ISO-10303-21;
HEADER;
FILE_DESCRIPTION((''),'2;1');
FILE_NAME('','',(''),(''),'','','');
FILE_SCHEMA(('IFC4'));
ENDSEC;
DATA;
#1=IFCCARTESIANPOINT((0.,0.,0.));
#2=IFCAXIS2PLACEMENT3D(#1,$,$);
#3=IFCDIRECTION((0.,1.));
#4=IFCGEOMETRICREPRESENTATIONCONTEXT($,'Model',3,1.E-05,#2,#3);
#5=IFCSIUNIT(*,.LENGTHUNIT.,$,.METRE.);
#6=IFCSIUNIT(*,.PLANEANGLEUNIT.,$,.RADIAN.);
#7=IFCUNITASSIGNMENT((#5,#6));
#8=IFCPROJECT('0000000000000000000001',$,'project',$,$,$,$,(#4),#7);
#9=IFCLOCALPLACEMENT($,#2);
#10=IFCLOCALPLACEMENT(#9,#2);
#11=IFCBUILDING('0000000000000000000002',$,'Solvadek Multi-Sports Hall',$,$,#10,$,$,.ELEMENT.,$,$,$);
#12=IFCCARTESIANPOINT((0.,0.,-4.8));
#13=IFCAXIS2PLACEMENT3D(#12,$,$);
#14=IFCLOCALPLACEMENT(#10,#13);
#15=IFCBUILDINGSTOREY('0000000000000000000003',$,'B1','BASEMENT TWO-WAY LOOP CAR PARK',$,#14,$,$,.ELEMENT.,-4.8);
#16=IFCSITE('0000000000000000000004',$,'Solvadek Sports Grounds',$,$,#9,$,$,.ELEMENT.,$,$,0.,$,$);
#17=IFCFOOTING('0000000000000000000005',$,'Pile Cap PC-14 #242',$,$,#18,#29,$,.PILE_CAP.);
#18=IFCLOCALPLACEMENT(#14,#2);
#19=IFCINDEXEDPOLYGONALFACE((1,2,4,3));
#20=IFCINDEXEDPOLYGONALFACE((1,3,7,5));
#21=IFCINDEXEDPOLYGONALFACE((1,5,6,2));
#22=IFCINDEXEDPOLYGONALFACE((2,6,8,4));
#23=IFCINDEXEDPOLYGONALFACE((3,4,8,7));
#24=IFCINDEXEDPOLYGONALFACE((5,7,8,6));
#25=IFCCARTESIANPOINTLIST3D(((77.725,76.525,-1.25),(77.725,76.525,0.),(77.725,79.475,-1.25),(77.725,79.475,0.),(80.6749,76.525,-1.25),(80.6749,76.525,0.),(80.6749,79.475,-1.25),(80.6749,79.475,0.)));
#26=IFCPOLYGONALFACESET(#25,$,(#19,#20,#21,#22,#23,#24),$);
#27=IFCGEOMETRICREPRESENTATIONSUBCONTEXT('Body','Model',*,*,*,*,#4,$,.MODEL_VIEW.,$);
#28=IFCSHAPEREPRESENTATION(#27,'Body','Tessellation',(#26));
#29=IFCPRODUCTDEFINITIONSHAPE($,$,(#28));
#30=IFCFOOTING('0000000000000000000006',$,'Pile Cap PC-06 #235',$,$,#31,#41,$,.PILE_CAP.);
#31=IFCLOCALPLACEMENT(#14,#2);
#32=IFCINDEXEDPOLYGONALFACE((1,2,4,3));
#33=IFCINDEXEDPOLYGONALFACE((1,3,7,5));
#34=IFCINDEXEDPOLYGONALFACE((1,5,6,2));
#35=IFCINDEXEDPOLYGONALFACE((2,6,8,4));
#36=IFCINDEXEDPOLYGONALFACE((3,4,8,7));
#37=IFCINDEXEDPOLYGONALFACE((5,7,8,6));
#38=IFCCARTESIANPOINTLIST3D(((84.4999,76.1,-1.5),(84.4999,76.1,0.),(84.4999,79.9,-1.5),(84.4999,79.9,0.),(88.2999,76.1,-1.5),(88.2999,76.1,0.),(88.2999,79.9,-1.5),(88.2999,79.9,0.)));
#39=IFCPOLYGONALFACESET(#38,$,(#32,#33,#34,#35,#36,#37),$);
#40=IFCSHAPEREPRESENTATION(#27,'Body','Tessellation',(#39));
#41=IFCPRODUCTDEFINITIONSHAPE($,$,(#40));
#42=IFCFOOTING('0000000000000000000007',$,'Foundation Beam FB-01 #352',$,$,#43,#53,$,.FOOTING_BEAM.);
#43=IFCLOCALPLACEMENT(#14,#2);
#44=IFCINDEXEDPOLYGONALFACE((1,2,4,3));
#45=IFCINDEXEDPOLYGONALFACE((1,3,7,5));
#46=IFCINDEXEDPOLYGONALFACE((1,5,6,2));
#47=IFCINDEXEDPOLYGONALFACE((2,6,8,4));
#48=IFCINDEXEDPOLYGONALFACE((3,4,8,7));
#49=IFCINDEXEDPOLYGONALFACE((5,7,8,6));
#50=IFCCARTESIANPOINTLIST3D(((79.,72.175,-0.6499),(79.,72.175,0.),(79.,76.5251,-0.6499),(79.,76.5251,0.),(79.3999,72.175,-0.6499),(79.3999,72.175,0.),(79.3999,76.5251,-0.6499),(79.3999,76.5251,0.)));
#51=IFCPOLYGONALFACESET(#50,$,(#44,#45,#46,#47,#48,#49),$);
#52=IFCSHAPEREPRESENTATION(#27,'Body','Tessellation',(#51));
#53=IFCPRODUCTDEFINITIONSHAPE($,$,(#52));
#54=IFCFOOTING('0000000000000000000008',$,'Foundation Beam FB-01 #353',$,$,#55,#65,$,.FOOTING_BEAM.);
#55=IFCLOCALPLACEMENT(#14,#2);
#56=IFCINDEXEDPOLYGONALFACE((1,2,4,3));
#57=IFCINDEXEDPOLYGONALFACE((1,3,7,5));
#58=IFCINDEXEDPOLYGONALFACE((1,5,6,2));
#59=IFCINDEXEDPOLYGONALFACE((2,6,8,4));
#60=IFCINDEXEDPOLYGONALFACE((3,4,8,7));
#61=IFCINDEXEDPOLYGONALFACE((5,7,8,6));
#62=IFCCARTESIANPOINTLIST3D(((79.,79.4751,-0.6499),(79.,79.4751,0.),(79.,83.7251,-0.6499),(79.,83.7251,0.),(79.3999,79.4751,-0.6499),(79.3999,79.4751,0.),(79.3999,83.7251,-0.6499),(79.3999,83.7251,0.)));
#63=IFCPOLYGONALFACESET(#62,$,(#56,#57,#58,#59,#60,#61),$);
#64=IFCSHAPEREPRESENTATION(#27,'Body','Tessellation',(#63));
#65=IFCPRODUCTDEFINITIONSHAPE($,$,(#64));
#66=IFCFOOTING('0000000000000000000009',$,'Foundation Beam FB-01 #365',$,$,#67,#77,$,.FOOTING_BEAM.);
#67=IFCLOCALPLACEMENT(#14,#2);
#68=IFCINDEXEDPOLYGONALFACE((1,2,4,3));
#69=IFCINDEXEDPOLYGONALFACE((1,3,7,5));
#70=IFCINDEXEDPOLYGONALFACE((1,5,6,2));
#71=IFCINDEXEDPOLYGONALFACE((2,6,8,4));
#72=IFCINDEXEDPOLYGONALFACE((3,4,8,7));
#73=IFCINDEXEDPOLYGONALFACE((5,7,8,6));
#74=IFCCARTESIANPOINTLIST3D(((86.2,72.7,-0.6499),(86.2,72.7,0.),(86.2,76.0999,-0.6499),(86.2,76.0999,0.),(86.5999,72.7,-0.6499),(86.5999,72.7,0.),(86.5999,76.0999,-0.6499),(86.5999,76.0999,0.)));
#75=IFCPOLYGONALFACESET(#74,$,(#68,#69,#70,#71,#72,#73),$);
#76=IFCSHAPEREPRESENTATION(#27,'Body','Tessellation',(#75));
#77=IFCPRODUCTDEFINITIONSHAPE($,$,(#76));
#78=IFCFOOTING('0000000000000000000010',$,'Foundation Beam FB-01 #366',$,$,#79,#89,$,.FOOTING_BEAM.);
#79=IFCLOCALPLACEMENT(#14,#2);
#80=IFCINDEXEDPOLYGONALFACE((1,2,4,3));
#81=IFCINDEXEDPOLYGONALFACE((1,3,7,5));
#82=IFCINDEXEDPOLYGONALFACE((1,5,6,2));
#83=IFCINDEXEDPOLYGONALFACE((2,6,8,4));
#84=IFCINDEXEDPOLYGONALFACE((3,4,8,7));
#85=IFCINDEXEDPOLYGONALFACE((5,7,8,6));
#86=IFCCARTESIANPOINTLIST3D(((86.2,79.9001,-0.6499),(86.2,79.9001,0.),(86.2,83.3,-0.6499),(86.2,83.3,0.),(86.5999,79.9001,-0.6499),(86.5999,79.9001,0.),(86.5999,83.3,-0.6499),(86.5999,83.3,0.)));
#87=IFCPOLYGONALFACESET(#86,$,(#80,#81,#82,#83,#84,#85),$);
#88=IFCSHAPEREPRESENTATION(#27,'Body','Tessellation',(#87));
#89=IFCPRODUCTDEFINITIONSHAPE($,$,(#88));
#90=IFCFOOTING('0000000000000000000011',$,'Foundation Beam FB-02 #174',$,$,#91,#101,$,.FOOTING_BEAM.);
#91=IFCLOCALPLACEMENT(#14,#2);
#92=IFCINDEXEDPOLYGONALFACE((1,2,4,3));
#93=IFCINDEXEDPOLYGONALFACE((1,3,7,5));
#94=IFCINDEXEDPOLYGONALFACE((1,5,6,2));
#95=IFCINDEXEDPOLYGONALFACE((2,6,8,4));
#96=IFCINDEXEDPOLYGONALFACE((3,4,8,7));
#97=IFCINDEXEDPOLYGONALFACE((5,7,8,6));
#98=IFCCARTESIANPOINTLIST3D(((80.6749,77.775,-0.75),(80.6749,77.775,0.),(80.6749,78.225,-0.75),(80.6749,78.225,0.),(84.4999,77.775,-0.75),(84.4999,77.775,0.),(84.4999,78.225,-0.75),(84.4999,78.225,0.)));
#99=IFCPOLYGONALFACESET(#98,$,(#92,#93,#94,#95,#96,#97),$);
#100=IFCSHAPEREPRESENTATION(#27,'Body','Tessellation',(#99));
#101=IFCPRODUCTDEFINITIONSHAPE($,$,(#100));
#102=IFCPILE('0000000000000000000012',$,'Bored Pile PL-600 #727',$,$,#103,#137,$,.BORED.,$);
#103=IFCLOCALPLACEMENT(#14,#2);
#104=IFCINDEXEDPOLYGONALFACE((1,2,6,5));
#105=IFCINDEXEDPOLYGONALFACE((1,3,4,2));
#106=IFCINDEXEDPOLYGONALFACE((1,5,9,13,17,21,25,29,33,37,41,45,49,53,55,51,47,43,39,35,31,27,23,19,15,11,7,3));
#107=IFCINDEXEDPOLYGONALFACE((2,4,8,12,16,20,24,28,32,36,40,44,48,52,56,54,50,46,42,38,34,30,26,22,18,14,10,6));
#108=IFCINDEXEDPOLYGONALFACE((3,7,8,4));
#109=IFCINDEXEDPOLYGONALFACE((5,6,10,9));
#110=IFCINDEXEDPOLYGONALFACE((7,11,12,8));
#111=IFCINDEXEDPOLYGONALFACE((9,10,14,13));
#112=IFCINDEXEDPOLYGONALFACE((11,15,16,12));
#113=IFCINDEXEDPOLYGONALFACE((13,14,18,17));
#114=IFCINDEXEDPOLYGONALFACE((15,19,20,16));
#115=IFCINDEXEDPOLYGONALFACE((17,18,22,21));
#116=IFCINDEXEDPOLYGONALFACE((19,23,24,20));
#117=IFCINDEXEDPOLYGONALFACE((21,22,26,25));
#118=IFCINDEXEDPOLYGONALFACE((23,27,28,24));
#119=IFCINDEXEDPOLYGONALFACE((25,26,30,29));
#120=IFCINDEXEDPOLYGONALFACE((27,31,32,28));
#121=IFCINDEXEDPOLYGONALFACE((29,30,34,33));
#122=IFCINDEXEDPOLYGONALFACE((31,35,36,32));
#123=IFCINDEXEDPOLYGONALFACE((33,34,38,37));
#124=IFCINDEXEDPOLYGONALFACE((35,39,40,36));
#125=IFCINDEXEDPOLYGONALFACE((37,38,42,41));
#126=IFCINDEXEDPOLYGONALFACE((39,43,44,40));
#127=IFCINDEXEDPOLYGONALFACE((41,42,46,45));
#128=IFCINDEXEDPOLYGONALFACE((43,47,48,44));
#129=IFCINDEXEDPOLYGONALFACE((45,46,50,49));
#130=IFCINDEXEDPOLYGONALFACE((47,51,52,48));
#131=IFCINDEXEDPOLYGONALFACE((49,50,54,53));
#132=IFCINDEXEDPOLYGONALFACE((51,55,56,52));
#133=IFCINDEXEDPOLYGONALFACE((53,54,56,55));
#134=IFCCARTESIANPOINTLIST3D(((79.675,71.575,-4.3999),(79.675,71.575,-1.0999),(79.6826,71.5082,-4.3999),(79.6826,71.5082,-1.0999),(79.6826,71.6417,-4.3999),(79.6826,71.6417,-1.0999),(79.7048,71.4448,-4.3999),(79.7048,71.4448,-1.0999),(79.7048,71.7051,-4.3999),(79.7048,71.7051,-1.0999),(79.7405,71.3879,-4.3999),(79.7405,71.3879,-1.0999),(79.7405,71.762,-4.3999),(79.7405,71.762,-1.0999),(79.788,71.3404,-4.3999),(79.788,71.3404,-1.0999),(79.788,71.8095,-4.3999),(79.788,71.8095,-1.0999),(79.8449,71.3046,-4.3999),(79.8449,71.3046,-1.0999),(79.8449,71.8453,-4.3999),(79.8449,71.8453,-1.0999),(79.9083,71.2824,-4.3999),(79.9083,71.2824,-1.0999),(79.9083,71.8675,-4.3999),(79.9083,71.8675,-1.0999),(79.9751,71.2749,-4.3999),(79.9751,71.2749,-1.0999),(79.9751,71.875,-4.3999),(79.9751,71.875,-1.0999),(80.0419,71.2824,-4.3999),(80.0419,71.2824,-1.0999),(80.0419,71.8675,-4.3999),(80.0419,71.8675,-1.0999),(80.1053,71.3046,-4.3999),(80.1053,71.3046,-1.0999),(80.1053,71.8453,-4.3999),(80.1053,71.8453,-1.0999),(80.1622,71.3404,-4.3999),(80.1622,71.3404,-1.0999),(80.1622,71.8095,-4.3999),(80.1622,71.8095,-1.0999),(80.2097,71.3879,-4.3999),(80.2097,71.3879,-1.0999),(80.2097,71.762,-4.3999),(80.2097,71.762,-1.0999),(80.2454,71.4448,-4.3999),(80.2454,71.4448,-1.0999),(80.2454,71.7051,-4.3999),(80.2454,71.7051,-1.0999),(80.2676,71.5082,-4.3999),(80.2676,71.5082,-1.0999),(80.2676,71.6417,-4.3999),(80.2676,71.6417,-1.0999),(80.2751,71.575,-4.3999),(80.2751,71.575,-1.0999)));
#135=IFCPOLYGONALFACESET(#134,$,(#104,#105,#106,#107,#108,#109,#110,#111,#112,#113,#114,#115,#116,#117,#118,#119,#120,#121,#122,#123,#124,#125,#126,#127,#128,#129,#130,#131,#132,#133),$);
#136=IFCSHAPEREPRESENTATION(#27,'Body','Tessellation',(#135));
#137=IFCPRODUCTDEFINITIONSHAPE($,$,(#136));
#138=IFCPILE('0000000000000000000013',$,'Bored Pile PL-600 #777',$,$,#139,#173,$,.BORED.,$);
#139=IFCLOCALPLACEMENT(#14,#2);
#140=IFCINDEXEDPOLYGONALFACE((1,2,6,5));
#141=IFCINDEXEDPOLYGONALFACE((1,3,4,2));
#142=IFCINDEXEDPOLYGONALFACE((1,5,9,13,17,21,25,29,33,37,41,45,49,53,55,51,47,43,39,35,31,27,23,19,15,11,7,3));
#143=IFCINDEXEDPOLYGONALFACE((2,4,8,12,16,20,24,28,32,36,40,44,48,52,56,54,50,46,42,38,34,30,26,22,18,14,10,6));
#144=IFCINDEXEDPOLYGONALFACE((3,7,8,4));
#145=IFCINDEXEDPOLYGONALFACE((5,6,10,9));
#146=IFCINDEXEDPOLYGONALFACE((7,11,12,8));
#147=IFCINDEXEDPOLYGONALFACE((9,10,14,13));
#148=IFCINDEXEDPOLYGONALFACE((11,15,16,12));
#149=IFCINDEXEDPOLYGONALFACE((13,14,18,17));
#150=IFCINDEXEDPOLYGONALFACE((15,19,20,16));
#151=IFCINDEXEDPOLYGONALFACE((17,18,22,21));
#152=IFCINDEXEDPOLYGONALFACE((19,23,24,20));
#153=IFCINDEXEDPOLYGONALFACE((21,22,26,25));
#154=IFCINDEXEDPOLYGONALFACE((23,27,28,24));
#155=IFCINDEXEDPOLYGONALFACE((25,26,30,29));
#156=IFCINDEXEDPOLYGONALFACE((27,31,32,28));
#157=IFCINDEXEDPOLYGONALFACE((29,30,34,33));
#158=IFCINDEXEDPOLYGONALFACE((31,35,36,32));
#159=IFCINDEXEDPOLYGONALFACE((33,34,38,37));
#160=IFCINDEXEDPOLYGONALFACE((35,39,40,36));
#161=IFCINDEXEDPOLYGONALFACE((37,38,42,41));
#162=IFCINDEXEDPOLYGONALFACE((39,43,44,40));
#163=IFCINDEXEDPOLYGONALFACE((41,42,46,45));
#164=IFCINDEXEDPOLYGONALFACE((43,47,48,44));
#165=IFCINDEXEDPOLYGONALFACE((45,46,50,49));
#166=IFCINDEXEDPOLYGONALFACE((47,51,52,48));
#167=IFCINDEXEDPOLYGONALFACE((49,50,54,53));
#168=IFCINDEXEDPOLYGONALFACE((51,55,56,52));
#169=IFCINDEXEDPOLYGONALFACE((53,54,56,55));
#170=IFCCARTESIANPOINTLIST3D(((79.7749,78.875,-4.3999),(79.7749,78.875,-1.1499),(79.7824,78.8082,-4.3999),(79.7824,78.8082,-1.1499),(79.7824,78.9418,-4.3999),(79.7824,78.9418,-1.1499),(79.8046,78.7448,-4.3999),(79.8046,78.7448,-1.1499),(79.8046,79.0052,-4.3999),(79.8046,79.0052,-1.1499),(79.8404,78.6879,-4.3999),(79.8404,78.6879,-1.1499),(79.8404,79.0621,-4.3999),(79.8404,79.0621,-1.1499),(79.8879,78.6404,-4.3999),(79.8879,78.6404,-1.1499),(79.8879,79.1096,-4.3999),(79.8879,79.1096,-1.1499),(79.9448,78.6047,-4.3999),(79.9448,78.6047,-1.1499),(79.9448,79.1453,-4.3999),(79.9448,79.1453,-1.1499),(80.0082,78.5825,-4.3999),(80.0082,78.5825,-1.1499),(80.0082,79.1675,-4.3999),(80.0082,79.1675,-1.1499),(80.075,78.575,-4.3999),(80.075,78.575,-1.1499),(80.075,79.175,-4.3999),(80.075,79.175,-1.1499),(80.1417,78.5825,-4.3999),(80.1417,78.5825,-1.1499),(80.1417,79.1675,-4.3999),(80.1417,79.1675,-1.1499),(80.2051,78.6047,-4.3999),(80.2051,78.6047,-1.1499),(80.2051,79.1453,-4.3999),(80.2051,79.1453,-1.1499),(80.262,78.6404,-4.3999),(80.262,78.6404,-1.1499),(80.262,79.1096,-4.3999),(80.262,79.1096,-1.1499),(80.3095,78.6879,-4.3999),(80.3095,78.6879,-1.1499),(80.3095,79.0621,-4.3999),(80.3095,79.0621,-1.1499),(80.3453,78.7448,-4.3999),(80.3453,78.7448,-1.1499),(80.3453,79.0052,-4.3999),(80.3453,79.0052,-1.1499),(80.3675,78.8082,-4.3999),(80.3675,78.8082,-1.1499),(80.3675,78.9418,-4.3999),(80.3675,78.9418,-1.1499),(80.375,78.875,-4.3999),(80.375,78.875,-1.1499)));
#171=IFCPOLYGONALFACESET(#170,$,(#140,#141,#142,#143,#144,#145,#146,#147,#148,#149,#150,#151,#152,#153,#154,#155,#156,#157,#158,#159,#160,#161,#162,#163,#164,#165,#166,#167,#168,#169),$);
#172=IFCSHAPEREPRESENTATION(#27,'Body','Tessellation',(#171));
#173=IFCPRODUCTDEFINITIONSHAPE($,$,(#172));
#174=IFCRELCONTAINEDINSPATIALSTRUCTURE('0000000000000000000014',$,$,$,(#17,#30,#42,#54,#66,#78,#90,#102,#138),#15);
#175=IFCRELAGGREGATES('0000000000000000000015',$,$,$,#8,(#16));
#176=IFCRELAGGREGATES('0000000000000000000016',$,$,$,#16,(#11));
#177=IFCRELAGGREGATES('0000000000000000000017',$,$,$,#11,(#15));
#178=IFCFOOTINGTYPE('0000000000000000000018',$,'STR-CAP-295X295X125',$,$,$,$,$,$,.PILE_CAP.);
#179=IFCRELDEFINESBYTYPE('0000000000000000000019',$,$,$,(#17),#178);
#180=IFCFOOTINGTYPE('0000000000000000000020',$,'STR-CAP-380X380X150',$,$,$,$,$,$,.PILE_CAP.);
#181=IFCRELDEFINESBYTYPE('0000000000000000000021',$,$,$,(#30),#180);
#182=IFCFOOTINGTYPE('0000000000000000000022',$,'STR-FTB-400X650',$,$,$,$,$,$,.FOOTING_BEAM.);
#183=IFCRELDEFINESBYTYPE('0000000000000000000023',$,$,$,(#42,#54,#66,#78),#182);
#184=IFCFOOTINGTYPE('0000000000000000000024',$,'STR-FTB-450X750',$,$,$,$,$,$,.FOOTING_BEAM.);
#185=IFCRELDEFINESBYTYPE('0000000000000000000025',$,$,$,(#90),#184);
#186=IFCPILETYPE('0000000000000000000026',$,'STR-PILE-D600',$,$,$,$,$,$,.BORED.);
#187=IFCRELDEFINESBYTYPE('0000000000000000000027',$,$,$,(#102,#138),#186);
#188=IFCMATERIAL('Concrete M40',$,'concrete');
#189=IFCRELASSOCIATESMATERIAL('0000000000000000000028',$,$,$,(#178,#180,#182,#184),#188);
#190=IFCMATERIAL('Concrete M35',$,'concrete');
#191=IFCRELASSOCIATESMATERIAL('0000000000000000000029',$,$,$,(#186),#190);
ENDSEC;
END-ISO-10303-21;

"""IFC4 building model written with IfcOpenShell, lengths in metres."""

from ifc_helpers import new_model, si_unit, direction, frame, origin, origin_2d, place, context, subcontext, project, spatial, rectangle, circle, extrude, material, material_profile, profile_set, type_object, element, save


model = new_model("IFC4")

# Units and contexts
model_context = context("Model", 3, precision=1e-05, world=origin(), true_north=direction((0.0, 1.0)))
body_context = subcontext(model_context, "Body", "Model", "MODEL_VIEW")
ifc_project = project(units=[si_unit("LENGTHUNIT", "METRE"), si_unit("PLANEANGLEUNIT", "RADIAN")], contexts=[model_context])

# Site, building, storey
site_placement = place(None, origin())
site = spatial("IfcSite", under=ifc_project, at=site_placement, Name="Solvadek Sports Grounds", CompositionType="ELEMENT", RefElevation=0.0)
building_placement = place(site_placement, origin())
building = spatial("IfcBuilding", under=site, at=building_placement, Name="Solvadek Multi-Sports Hall", CompositionType="ELEMENT")
storey_placement = place(building_placement, frame((0.0, 0.0, -4.8)))
storey = spatial("IfcBuildingStorey", under=building, at=storey_placement, Name="B1", Description="BASEMENT TWO-WAY LOOP CAR PARK", CompositionType="ELEMENT", Elevation=-4.8)

# Footings
ifc_material_1 = material(Name="Concrete M40", Category="concrete")
footing_type_1 = type_object("IfcFootingType", Name="STR-CAP-295X295X125", PredefinedType="PILE_CAP", material=ifc_material_1)
footing_1_placement = place(storey_placement, frame((79.2, 78.0, -1.25), z_axis=(0.0, 0.0, 1.0), x_axis=(1.0, 0.0, 0.0)))
element("IfcFooting", 1, at=footing_1_placement, inside=storey, type_object=footing_type_1, Name="Pile Cap PC-14 #242", PredefinedType="PILE_CAP", context=body_context, shape_type="SweptSolid", body=[
    extrude(rectangle(XDim=2.95, YDim=2.95, at=origin_2d()), origin(), (0.0, 0.0, 1.0), 1.25),
])
footing_type_2 = type_object("IfcFootingType", Name="STR-CAP-380X380X150", PredefinedType="PILE_CAP", material=ifc_material_1)
footing_2_placement = place(storey_placement, frame((86.3999, 78.0, -1.5), z_axis=(0.0, 0.0, 1.0), x_axis=(1.0, 0.0, 0.0)))
element("IfcFooting", 2, at=footing_2_placement, inside=storey, type_object=footing_type_2, Name="Pile Cap PC-06 #235", PredefinedType="PILE_CAP", context=body_context, shape_type="SweptSolid", body=[
    extrude(rectangle(XDim=3.8, YDim=3.8, at=origin_2d()), origin(), (0.0, 0.0, 1.0), 1.5),
])
footing_type_3 = type_object("IfcFootingType", Name="STR-FTB-400X650", PredefinedType="FOOTING_BEAM", material=ifc_material_1)
footing_3_placement = place(storey_placement, frame((79.2, 74.3501, -0.6499), z_axis=(0.0, 0.0, 1.0), x_axis=(0.0, 1.0, 0.0)))
element("IfcFooting", 3, at=footing_3_placement, inside=storey, type_object=footing_type_3, Name="Foundation Beam FB-01 #352", PredefinedType="FOOTING_BEAM", context=body_context, shape_type="SweptSolid", body=[
    extrude(rectangle(XDim=4.3501, YDim=0.3999, at=origin_2d()), origin(), (0.0, 0.0, 1.0), 0.6499),
])
footing_4_placement = place(storey_placement, frame((79.2, 81.6001, -0.6499), z_axis=(0.0, 0.0, 1.0), x_axis=(0.0, 1.0, 0.0)))
element("IfcFooting", 4, at=footing_4_placement, inside=storey, type_object=footing_type_3, Name="Foundation Beam FB-01 #353", PredefinedType="FOOTING_BEAM", context=body_context, shape_type="SweptSolid", body=[
    extrude(rectangle(XDim=4.25, YDim=0.3999, at=origin_2d()), origin(), (0.0, 0.0, 1.0), 0.6499),
])
for number, where, z_axis, x_axis, name in (
    (5, (86.3999, 74.3999, -0.6499), (0.0, 0.0, 1.0), (0.0, 1.0, 0.0), "Foundation Beam FB-01 #365"),
    (6, (86.3999, 81.6001, -0.6499), (0.0, 0.0, 1.0), (0.0, 1.0, 0.0), "Foundation Beam FB-01 #366"),
):
    element("IfcFooting", number, at=place(storey_placement, frame(where, z_axis=z_axis, x_axis=x_axis)), inside=storey, type_object=footing_type_3, Name=name, PredefinedType="FOOTING_BEAM", context=body_context, shape_type="SweptSolid", body=[
        extrude(rectangle(XDim=3.3999, YDim=0.3999, at=origin_2d()), origin(), (0.0, 0.0, 1.0), 0.6499),
    ])
footing_type_4 = type_object("IfcFootingType", Name="STR-FTB-450X750", PredefinedType="FOOTING_BEAM", material=ifc_material_1)
footing_5_placement = place(storey_placement, frame((82.5874, 78.0, -0.75), z_axis=(0.0, 0.0, 1.0), x_axis=(1.0, 0.0, 0.0)))
element("IfcFooting", 7, at=footing_5_placement, inside=storey, type_object=footing_type_4, Name="Foundation Beam FB-02 #174", PredefinedType="FOOTING_BEAM", context=body_context, shape_type="SweptSolid", body=[
    extrude(rectangle(XDim=3.825, YDim=0.45, at=origin_2d()), origin(), (0.0, 0.0, 1.0), 0.75),
])

# Piles
ifc_material_2 = material(Name="Concrete M35", Category="concrete")
ifc_material_profile_1 = material_profile(ifc_material_2, circle(Radius=0.3, at=origin_2d()), Name="BORED PILE D600")
ifc_profile_set_1 = profile_set([ifc_material_profile_1], Name="Concrete M35")
pile_type_1 = type_object("IfcPileType", Name="STR-PILE-D600", PredefinedType="BORED", material=ifc_profile_set_1)
pile_1_placement = place(storey_placement, frame((79.9751, 71.575, -1.0999), z_axis=(0.0, 0.0, -1.0), x_axis=(1.0, 0.0, 0.0)))
element("IfcPile", 8, at=pile_1_placement, inside=storey, type_object=pile_type_1, Name="Bored Pile PL-600 #727", PredefinedType="BORED", context=body_context, shape_type="SweptSolid", body=[
    extrude(circle(Radius=0.3, at=origin_2d()), origin(), (0.0, 0.0, 1.0), 3.3),
])
pile_2_placement = place(storey_placement, frame((80.075, 78.875, -1.1499), z_axis=(0.0, 0.0, -1.0), x_axis=(1.0, 0.0, 0.0)))
element("IfcPile", 9, at=pile_2_placement, inside=storey, type_object=pile_type_1, Name="Bored Pile PL-600 #777", PredefinedType="BORED", context=body_context, shape_type="SweptSolid", body=[
    extrude(circle(Radius=0.3, at=origin_2d()), origin(), (0.0, 0.0, 1.0), 3.25),
])

save(model, "model.ifc")
